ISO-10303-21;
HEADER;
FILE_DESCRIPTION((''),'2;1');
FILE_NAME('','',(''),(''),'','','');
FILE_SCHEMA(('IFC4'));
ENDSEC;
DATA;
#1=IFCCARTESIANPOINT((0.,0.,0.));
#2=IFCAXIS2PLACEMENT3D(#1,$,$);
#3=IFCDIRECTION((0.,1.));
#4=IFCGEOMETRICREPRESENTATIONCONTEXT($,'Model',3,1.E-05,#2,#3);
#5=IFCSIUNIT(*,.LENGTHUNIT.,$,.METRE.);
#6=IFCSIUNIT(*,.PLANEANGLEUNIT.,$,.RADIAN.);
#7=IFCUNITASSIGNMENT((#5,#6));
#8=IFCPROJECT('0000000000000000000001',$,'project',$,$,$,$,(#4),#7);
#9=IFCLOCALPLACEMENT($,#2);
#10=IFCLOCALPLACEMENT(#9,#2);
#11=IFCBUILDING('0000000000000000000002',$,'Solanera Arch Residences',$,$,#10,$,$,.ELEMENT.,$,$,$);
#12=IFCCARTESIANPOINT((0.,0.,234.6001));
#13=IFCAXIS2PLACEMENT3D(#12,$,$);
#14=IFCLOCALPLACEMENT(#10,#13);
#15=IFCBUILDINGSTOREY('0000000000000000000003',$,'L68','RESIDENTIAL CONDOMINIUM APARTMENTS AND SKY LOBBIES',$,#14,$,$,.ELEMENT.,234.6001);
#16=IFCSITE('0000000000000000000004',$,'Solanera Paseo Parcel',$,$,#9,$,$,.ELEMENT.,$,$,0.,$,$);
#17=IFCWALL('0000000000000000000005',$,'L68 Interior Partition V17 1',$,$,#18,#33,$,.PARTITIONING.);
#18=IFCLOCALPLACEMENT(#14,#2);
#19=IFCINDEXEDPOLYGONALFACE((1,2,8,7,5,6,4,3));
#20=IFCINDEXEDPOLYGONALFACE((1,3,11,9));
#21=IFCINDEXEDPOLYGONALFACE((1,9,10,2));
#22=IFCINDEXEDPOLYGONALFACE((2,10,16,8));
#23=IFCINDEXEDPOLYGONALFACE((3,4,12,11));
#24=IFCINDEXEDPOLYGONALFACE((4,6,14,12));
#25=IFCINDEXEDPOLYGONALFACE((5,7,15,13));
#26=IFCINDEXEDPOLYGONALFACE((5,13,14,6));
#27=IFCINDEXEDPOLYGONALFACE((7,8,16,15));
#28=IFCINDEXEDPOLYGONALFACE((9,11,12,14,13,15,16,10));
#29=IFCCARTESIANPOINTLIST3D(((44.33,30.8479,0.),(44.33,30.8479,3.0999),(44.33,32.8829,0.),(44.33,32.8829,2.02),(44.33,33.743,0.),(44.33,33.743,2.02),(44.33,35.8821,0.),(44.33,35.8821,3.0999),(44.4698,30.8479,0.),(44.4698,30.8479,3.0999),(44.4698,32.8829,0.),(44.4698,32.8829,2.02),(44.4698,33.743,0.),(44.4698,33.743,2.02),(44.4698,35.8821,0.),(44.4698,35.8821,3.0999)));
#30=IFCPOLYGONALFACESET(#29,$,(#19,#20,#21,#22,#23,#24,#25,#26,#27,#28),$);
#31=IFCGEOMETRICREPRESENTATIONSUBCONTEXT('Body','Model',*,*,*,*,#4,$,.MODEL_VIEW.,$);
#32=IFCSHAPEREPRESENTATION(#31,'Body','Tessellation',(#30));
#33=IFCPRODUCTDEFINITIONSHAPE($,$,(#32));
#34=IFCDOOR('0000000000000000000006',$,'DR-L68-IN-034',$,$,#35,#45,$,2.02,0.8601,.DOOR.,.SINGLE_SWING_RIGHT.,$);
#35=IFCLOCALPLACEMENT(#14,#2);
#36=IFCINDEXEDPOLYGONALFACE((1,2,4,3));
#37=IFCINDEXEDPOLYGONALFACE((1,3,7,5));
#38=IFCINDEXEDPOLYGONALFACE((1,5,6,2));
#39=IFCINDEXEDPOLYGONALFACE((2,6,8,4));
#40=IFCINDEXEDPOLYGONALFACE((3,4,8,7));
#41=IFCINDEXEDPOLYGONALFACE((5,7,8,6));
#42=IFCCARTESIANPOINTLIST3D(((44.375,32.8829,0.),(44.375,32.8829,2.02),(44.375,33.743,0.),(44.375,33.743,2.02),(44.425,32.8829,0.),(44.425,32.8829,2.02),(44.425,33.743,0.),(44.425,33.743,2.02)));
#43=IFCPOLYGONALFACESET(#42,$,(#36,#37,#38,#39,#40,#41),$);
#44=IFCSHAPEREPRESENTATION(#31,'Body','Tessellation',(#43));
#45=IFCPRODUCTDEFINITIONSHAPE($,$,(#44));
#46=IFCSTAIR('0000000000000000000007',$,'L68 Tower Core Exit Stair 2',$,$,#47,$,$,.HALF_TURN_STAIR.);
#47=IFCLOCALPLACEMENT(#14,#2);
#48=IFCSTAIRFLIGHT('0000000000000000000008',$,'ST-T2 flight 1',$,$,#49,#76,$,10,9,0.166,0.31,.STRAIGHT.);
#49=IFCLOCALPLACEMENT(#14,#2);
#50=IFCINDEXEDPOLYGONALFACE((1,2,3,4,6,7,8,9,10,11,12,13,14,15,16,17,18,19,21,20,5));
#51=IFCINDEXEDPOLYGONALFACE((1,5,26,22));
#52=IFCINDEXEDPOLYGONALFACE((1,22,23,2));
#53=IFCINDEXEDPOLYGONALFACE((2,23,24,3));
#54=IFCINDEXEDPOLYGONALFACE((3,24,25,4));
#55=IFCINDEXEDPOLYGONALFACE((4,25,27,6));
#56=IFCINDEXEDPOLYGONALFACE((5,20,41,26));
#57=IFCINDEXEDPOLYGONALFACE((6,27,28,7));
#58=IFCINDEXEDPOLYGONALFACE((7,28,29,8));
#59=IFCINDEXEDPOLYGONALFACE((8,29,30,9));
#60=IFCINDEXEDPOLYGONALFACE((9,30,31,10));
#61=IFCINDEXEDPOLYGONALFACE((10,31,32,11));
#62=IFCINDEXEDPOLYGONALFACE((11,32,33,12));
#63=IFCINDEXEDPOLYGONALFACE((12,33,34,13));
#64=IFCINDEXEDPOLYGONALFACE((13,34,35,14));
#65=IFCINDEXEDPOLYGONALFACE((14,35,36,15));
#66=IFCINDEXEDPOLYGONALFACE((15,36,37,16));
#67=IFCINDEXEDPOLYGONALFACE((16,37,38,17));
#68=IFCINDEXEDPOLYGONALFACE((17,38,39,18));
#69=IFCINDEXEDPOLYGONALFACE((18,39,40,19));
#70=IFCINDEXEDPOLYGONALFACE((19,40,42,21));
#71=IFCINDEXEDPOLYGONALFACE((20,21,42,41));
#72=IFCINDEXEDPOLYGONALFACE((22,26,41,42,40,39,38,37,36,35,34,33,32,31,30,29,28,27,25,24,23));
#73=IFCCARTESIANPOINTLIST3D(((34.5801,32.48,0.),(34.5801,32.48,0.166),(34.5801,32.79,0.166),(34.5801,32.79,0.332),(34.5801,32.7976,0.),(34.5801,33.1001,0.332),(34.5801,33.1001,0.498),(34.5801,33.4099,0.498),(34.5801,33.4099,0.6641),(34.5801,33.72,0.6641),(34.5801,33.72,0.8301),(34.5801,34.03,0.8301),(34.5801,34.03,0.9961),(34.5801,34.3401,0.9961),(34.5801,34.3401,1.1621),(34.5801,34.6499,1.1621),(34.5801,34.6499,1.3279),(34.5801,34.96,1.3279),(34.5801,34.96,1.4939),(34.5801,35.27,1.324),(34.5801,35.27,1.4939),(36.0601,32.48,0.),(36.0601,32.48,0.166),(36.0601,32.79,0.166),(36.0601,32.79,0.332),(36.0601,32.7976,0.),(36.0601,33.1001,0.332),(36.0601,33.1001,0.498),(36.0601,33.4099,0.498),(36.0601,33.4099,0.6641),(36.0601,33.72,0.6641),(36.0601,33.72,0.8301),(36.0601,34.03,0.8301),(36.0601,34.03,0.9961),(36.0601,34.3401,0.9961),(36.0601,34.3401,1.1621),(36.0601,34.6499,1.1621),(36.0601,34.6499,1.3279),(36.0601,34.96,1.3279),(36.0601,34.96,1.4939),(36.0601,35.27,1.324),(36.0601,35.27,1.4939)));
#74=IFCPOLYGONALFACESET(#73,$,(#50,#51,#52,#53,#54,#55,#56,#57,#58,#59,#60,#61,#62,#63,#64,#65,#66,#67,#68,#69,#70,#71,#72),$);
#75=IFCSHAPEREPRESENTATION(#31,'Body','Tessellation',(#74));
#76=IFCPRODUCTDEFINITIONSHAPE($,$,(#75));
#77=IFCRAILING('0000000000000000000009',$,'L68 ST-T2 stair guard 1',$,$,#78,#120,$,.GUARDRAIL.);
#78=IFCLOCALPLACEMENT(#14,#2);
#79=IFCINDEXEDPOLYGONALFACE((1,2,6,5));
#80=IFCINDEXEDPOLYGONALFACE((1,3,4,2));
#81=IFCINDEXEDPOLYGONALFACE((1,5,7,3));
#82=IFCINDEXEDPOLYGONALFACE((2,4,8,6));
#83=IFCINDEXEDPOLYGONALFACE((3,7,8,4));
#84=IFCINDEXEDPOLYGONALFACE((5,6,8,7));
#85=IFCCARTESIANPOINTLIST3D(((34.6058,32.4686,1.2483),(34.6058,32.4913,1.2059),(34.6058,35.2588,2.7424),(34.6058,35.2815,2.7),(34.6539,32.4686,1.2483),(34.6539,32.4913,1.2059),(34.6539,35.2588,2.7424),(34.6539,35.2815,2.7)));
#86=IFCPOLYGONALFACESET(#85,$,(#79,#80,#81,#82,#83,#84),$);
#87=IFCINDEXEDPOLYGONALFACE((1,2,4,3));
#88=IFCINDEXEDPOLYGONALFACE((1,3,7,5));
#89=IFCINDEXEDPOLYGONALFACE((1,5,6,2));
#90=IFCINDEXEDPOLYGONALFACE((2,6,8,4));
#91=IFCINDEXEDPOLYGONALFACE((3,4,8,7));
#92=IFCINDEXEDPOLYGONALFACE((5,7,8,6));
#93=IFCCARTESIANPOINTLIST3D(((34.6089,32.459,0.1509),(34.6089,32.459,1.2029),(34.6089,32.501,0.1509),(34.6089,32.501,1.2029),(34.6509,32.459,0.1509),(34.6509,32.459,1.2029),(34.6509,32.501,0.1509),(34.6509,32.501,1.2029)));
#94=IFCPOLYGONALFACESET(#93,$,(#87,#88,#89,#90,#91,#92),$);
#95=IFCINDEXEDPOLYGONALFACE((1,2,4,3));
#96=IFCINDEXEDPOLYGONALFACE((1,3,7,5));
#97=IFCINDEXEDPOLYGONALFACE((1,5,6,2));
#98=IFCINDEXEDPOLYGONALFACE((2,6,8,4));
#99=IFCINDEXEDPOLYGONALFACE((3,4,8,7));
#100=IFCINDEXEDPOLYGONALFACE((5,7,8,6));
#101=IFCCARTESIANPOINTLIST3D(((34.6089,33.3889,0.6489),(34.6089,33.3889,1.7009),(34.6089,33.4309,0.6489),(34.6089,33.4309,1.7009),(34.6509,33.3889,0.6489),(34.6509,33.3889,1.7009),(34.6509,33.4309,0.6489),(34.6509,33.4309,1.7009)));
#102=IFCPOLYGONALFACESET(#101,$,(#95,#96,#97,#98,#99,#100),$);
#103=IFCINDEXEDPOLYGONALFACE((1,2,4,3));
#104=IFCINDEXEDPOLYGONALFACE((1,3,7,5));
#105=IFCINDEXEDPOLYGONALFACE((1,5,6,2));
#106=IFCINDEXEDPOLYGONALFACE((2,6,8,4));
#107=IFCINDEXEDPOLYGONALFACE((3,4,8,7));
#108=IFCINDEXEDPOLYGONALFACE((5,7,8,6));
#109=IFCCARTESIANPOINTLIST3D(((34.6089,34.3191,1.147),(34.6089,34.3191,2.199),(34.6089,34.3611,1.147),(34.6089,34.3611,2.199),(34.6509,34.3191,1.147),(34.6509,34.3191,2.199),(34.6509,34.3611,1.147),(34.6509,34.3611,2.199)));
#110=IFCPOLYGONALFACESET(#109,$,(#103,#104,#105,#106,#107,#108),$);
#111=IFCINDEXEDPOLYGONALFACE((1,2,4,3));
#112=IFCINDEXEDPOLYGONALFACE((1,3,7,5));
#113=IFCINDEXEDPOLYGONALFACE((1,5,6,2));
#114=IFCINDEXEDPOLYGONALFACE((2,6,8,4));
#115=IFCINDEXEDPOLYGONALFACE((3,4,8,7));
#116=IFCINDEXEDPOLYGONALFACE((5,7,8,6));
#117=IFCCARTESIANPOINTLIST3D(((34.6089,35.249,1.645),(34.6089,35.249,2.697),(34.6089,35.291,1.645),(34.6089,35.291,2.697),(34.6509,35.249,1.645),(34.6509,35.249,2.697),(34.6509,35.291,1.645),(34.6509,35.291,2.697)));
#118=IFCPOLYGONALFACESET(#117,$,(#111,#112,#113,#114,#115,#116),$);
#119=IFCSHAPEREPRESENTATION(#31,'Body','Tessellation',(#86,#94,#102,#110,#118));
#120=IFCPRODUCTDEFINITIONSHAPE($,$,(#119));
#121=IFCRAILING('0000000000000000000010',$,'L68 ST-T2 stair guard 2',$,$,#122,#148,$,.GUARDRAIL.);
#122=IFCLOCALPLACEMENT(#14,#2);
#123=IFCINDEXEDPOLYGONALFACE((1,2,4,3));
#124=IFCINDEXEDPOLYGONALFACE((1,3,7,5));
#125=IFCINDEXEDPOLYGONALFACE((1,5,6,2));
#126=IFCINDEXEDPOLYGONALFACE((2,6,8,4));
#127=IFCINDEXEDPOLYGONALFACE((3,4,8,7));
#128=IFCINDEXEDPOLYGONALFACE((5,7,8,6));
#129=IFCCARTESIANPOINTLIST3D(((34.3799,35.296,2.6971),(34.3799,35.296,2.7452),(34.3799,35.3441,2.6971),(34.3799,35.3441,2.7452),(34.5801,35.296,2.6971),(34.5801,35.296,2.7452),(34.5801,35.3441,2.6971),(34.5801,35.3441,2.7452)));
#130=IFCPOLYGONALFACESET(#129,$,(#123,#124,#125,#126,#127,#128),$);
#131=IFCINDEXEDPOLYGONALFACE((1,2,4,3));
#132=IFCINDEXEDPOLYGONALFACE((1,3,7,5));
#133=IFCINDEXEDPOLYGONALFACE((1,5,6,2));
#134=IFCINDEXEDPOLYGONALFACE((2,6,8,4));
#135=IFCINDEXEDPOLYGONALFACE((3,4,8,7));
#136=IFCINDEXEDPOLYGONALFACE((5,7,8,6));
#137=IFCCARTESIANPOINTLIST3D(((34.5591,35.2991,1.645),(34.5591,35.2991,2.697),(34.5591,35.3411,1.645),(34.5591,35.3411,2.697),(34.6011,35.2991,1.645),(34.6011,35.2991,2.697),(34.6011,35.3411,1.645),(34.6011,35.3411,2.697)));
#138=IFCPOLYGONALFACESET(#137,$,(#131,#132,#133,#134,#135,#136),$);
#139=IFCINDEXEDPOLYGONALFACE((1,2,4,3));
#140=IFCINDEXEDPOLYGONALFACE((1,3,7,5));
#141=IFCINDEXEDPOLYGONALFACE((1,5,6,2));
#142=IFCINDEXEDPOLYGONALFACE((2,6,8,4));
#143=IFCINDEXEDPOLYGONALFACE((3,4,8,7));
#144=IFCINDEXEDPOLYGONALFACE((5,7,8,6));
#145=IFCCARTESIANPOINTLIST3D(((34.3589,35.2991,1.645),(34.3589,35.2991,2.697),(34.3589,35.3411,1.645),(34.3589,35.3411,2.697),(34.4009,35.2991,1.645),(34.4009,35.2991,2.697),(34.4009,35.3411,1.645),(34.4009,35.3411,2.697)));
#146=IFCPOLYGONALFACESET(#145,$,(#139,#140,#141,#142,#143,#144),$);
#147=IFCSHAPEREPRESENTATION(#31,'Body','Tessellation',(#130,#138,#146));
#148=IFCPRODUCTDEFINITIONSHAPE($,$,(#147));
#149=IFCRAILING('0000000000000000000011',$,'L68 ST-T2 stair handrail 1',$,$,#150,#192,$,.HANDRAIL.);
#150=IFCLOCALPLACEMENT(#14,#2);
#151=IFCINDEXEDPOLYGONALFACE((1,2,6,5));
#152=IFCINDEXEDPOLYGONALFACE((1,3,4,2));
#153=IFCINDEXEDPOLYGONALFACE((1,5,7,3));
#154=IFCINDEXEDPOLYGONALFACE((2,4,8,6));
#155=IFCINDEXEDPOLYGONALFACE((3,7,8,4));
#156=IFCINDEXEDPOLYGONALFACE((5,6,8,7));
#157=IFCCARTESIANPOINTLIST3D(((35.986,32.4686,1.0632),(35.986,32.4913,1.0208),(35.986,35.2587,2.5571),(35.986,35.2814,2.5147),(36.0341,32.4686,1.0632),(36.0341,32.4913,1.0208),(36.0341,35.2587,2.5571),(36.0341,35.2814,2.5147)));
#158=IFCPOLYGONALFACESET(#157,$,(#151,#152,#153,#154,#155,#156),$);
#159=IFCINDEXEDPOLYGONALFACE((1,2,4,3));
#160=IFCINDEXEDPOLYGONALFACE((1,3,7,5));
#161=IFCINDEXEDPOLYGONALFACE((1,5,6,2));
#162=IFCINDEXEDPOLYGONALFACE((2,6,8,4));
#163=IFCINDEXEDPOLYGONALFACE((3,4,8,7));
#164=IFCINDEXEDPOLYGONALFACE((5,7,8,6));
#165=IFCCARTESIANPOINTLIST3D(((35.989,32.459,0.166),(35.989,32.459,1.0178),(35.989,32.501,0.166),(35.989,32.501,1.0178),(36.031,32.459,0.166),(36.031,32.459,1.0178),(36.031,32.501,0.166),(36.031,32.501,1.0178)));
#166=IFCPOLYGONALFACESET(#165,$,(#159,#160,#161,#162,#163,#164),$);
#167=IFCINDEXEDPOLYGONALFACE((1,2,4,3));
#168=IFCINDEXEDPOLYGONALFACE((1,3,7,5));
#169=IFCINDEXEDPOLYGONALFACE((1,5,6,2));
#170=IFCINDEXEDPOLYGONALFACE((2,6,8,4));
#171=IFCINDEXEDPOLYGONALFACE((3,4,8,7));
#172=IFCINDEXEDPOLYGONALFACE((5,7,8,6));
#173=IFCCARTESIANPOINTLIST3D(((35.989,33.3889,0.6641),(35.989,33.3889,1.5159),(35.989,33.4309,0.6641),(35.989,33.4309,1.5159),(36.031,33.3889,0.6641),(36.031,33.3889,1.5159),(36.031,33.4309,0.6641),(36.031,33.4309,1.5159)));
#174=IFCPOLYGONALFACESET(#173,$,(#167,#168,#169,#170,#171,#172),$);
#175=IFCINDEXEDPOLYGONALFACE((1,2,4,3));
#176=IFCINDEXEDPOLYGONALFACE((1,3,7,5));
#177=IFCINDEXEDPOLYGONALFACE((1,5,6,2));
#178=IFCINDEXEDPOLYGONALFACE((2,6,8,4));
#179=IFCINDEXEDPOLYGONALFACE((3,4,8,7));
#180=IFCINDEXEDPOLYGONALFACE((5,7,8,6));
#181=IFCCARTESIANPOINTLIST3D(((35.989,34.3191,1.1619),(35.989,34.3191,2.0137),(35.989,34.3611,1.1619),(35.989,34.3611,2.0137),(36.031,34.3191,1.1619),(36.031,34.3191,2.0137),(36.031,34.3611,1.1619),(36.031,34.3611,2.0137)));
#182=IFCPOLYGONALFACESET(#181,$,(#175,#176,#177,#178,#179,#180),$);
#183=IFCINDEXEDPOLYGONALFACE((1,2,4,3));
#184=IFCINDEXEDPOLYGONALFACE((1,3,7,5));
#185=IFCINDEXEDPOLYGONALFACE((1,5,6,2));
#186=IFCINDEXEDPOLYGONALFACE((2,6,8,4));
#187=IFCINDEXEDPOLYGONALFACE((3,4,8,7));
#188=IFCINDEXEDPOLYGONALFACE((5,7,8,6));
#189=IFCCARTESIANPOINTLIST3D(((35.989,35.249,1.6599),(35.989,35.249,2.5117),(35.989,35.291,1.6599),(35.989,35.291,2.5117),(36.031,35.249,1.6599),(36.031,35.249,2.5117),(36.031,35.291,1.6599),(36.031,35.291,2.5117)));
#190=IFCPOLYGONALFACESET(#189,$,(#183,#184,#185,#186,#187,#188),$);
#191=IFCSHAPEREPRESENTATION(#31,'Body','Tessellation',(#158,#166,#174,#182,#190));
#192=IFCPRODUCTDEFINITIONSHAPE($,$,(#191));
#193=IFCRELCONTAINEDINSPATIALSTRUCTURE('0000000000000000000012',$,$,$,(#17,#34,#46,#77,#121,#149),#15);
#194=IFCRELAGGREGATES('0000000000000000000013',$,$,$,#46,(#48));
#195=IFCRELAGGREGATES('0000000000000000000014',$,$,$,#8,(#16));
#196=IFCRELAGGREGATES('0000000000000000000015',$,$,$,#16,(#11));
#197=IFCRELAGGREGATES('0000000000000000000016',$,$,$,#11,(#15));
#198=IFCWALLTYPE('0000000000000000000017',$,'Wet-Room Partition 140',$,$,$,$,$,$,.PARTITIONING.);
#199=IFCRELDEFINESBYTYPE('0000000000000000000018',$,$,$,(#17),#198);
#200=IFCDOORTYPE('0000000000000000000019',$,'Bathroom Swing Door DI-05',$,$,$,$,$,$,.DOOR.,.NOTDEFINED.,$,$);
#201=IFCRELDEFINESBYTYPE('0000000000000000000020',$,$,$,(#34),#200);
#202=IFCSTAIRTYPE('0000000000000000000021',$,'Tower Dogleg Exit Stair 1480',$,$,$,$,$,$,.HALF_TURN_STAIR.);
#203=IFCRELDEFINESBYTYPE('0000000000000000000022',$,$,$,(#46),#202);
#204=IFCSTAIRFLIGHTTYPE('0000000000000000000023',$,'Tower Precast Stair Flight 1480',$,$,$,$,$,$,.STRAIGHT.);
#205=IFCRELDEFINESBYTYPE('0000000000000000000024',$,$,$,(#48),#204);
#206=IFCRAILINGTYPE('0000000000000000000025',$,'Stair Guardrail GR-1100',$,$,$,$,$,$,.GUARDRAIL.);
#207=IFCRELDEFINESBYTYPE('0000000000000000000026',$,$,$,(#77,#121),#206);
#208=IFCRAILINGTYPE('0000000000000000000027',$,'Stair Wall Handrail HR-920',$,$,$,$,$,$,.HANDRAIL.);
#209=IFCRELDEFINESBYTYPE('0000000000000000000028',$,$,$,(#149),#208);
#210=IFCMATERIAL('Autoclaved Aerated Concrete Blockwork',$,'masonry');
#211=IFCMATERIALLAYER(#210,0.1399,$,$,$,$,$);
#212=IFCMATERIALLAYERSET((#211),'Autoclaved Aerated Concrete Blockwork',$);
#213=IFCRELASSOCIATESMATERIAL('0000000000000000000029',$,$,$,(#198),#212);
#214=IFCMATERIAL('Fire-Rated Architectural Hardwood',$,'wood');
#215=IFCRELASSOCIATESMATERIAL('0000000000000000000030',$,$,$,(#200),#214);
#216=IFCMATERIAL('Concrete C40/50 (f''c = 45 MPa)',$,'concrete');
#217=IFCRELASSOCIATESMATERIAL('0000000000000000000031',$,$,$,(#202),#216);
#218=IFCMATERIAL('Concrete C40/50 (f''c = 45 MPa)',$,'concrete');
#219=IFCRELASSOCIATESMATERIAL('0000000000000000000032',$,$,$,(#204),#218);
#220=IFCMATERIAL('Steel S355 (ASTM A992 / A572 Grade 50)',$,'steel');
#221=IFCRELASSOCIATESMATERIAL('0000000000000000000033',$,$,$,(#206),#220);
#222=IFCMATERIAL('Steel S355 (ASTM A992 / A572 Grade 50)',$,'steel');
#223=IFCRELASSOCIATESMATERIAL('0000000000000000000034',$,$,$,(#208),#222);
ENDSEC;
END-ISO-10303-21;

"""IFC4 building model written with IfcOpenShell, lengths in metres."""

from ifc_helpers import new_model, si_unit, direction, frame, frame_2d, origin, origin_2d, place, context, subcontext, project, spatial, polyline, rectangle, outline, extrude, material, layer, layer_set, type_object, element, fill, aggregate, save


model = new_model("IFC4")

# Units and contexts
model_context = context("Model", 3, precision=1e-05, world=origin(), true_north=direction((0.0, 1.0)))
body_context = subcontext(model_context, "Body", "Model", "MODEL_VIEW")
ifc_project = project(units=[si_unit("LENGTHUNIT", "METRE"), si_unit("PLANEANGLEUNIT", "RADIAN")], contexts=[model_context])

# Site, building, storey
site_placement = place(None, origin())
site = spatial("IfcSite", under=ifc_project, at=site_placement, Name="Solanera Paseo Parcel", CompositionType="ELEMENT", RefElevation=0.0)
building_placement = place(site_placement, origin())
building = spatial("IfcBuilding", under=site, at=building_placement, Name="Solanera Arch Residences", CompositionType="ELEMENT")
storey_placement = place(building_placement, frame((0.0, 0.0, 234.6001)))
storey = spatial("IfcBuildingStorey", under=building, at=storey_placement, Name="L68", Description="RESIDENTIAL CONDOMINIUM APARTMENTS AND SKY LOBBIES", CompositionType="ELEMENT", Elevation=234.6001)

# Shared definitions
ifc_material_1 = material(Name="Autoclaved Aerated Concrete Blockwork", Category="masonry")
ifc_layer_1 = layer(ifc_material_1, 0.1399)
ifc_layer_set_1 = layer_set([ifc_layer_1], Name="Autoclaved Aerated Concrete Blockwork")
wall_type_1 = type_object("IfcWallType", Name="Wet-Room Partition 140", PredefinedType="PARTITIONING", material=ifc_layer_set_1)

# Wall, opening, door
wall_1_placement = place(storey_placement, frame((44.3999, 30.8479, 0.0), z_axis=(0.0, 0.0, 1.0), x_axis=(0.0, 1.0, 0.0)))
wall_1 = element("IfcWall", 1, at=wall_1_placement, inside=storey, type_object=wall_type_1, Name="L68 Interior Partition V17 1", PredefinedType="PARTITIONING", context=body_context, shape_type="SweptSolid", body=[
    extrude(rectangle(XDim=5.0342, YDim=0.1399, at=frame_2d((2.5171, 0.0))), origin(), (0.0, 0.0, 1.0), 3.0999),
])
opening_placement = place(wall_1_placement, frame((2.0349, 0.0, 0.0)))
opening = element("IfcOpeningElement", 2, at=opening_placement, cuts=wall_1, PredefinedType="OPENING", context=body_context, shape_type="SweptSolid", body=[
    extrude(rectangle(XDim=0.8601, YDim=2.02, at=frame_2d((0.4302, 1.01))), frame((0.0, 0.0798, 0.0), z_axis=(0.0, -1.0, 0.0), x_axis=(1.0, 0.0, 0.0)), (0.0, 0.0, 1.0), 0.1599),
])
ifc_material_2 = material(Name="Fire-Rated Architectural Hardwood", Category="wood")
door_type = type_object("IfcDoorType", Name="Bathroom Swing Door DI-05", OperationType="NOTDEFINED", PredefinedType="DOOR", material=ifc_material_2)
door_placement = place(opening_placement, origin())
door = element("IfcDoor", 3, at=door_placement, inside=storey, type_object=door_type, Name="DR-L68-IN-034", OperationType="SINGLE_SWING_RIGHT", OverallHeight=2.02, OverallWidth=0.8601, PredefinedType="DOOR", context=body_context, shape_type="SweptSolid", body=[
    extrude(rectangle(XDim=0.8601, YDim=2.02, at=frame_2d((0.4302, 1.01))), frame((0.0, 0.0249, 0.0), z_axis=(0.0, -1.0, 0.0), x_axis=(1.0, 0.0, 0.0)), (0.0, 0.0, 1.0), 0.05),
])
fill(opening, door)

# Stair, stair flight
ifc_material_3 = material(Name="Concrete C40/50 (f'c = 45 MPa)", Category="concrete")
stair_type = type_object("IfcStairType", Name="Tower Dogleg Exit Stair 1480", PredefinedType="HALF_TURN_STAIR", material=ifc_material_3)
stair_placement = place(storey_placement, origin())
stair = element("IfcStair", 4, at=stair_placement, inside=storey, type_object=stair_type, Name="L68 Tower Core Exit Stair 2", PredefinedType="HALF_TURN_STAIR")
ifc_material_4 = material(Name="Concrete C40/50 (f'c = 45 MPa)", Category="concrete")
stair_flight_type = type_object("IfcStairFlightType", Name="Tower Precast Stair Flight 1480", PredefinedType="STRAIGHT", material=ifc_material_4)
stair_flight_placement = place(storey_placement, frame((35.3201, 32.48, 0.0), z_axis=(0.0, 0.0, 1.0), x_axis=(0.0, 1.0, 0.0)))
stair_flight = element("IfcStairFlight", 5, at=stair_flight_placement, type_object=stair_flight_type, Name="ST-T2 flight 1", NumberOfRisers=10, NumberOfTreads=9, PredefinedType="STRAIGHT", RiserHeight=0.166, TreadLength=0.31, context=body_context, shape_type="SweptSolid", body=[
    extrude(outline(polyline([(0.0, 0.0), (0.0, 0.166), (0.3101, 0.166), (0.3101, 0.332), (0.6201, 0.332), (0.6201, 0.498), (0.9299, 0.498), (0.9299, 0.6641), (1.24, 0.6641), (1.24, 0.8301), (1.55, 0.8301), (1.55, 0.9961), (1.8601, 0.9961), (1.8601, 1.1621), (2.1699, 1.1621), (2.1699, 1.3279), (2.48, 1.3279), (2.48, 1.4939), (2.79, 1.4939), (2.79, 1.6599), (2.79, 1.324), (0.3176, 0.0), (0.0, 0.0)])), frame((0.0, 0.74, 0.0), z_axis=(0.0, -1.0, 0.0), x_axis=(1.0, 0.0, 0.0)), (0.0, 0.0, 1.0), 1.48),
])
aggregate(stair, [stair_flight])

# Railings
ifc_material_5 = material(Name="Steel S355 (ASTM A992 / A572 Grade 50)", Category="steel")
railing_type_1 = type_object("IfcRailingType", Name="Stair Guardrail GR-1100", PredefinedType="GUARDRAIL", material=ifc_material_5)
railing_1_placement = place(storey_placement, frame((34.6299, 32.48, 0.1509)))
element("IfcRailing", 6, at=railing_1_placement, inside=storey, type_object=railing_type_1, Name="L68 ST-T2 stair guard 1", PredefinedType="GUARDRAIL", context=body_context, shape_type="SweptSolid", body=[
    extrude(rectangle(XDim=0.0481, YDim=0.0481, at=origin_2d()), frame((0.0, 0.0, 1.0762), z_axis=(0.0, 0.881549, 0.472093), x_axis=(-1.0, 0.0, 0.0)), (0.0, 0.0, 1.0), 3.165),
    extrude(rectangle(XDim=0.042, YDim=0.042, at=origin_2d()), origin(), (0.0, 0.0, 1.0), 1.052),
    extrude(rectangle(XDim=0.042, YDim=0.042, at=origin_2d()), frame((0.0, 0.9299, 0.498)), (0.0, 0.0, 1.0), 1.052),
    extrude(rectangle(XDim=0.042, YDim=0.042, at=origin_2d()), frame((0.0, 1.8601, 0.9961)), (0.0, 0.0, 1.0), 1.052),
    extrude(rectangle(XDim=0.042, YDim=0.042, at=origin_2d()), frame((0.0, 2.79, 1.4941)), (0.0, 0.0, 1.0), 1.052),
])
railing_2_placement = place(storey_placement, frame((34.5801, 35.3201, 1.645)))
element("IfcRailing", 7, at=railing_2_placement, inside=storey, type_object=railing_type_1, Name="L68 ST-T2 stair guard 2", PredefinedType="GUARDRAIL", context=body_context, shape_type="SweptSolid", body=[
    extrude(rectangle(XDim=0.0481, YDim=0.0481, at=origin_2d()), frame((0.0, 0.0, 1.0762), z_axis=(-1.0, 0.0, 0.0), x_axis=(0.0, -1.0, 0.0)), (0.0, 0.0, 1.0), 0.2002),
    extrude(rectangle(XDim=0.042, YDim=0.042, at=origin_2d()), origin(), (0.0, 0.0, 1.0), 1.052),
    extrude(rectangle(XDim=0.042, YDim=0.042, at=origin_2d()), frame((-0.2002, 0.0, 0.0)), (0.0, 0.0, 1.0), 1.052),
])
ifc_material_6 = material(Name="Steel S355 (ASTM A992 / A572 Grade 50)", Category="steel")
railing_type_2 = type_object("IfcRailingType", Name="Stair Wall Handrail HR-920", PredefinedType="HANDRAIL", material=ifc_material_6)
railing_3_placement = place(storey_placement, frame((36.01, 32.48, 0.166)))
element("IfcRailing", 8, at=railing_3_placement, inside=storey, type_object=railing_type_2, Name="L68 ST-T2 stair handrail 1", PredefinedType="HANDRAIL", context=body_context, shape_type="SweptSolid", body=[
    extrude(rectangle(XDim=0.0481, YDim=0.0481, at=origin_2d()), frame((0.0, 0.0, 0.876), z_axis=(0.0, 0.881581, 0.472033), x_axis=(-1.0, 0.0, 0.0)), (0.0, 0.0, 1.0), 3.1648),
    extrude(rectangle(XDim=0.042, YDim=0.042, at=origin_2d()), origin(), (0.0, 0.0, 1.0), 0.8518),
    extrude(rectangle(XDim=0.042, YDim=0.042, at=origin_2d()), frame((0.0, 0.9299, 0.498)), (0.0, 0.0, 1.0), 0.8518),
    extrude(rectangle(XDim=0.042, YDim=0.042, at=origin_2d()), frame((0.0, 1.8601, 0.9958)), (0.0, 0.0, 1.0), 0.8518),
    extrude(rectangle(XDim=0.042, YDim=0.042, at=origin_2d()), frame((0.0, 2.79, 1.4939)), (0.0, 0.0, 1.0), 0.8518),
])

save(model, "model.ifc")
